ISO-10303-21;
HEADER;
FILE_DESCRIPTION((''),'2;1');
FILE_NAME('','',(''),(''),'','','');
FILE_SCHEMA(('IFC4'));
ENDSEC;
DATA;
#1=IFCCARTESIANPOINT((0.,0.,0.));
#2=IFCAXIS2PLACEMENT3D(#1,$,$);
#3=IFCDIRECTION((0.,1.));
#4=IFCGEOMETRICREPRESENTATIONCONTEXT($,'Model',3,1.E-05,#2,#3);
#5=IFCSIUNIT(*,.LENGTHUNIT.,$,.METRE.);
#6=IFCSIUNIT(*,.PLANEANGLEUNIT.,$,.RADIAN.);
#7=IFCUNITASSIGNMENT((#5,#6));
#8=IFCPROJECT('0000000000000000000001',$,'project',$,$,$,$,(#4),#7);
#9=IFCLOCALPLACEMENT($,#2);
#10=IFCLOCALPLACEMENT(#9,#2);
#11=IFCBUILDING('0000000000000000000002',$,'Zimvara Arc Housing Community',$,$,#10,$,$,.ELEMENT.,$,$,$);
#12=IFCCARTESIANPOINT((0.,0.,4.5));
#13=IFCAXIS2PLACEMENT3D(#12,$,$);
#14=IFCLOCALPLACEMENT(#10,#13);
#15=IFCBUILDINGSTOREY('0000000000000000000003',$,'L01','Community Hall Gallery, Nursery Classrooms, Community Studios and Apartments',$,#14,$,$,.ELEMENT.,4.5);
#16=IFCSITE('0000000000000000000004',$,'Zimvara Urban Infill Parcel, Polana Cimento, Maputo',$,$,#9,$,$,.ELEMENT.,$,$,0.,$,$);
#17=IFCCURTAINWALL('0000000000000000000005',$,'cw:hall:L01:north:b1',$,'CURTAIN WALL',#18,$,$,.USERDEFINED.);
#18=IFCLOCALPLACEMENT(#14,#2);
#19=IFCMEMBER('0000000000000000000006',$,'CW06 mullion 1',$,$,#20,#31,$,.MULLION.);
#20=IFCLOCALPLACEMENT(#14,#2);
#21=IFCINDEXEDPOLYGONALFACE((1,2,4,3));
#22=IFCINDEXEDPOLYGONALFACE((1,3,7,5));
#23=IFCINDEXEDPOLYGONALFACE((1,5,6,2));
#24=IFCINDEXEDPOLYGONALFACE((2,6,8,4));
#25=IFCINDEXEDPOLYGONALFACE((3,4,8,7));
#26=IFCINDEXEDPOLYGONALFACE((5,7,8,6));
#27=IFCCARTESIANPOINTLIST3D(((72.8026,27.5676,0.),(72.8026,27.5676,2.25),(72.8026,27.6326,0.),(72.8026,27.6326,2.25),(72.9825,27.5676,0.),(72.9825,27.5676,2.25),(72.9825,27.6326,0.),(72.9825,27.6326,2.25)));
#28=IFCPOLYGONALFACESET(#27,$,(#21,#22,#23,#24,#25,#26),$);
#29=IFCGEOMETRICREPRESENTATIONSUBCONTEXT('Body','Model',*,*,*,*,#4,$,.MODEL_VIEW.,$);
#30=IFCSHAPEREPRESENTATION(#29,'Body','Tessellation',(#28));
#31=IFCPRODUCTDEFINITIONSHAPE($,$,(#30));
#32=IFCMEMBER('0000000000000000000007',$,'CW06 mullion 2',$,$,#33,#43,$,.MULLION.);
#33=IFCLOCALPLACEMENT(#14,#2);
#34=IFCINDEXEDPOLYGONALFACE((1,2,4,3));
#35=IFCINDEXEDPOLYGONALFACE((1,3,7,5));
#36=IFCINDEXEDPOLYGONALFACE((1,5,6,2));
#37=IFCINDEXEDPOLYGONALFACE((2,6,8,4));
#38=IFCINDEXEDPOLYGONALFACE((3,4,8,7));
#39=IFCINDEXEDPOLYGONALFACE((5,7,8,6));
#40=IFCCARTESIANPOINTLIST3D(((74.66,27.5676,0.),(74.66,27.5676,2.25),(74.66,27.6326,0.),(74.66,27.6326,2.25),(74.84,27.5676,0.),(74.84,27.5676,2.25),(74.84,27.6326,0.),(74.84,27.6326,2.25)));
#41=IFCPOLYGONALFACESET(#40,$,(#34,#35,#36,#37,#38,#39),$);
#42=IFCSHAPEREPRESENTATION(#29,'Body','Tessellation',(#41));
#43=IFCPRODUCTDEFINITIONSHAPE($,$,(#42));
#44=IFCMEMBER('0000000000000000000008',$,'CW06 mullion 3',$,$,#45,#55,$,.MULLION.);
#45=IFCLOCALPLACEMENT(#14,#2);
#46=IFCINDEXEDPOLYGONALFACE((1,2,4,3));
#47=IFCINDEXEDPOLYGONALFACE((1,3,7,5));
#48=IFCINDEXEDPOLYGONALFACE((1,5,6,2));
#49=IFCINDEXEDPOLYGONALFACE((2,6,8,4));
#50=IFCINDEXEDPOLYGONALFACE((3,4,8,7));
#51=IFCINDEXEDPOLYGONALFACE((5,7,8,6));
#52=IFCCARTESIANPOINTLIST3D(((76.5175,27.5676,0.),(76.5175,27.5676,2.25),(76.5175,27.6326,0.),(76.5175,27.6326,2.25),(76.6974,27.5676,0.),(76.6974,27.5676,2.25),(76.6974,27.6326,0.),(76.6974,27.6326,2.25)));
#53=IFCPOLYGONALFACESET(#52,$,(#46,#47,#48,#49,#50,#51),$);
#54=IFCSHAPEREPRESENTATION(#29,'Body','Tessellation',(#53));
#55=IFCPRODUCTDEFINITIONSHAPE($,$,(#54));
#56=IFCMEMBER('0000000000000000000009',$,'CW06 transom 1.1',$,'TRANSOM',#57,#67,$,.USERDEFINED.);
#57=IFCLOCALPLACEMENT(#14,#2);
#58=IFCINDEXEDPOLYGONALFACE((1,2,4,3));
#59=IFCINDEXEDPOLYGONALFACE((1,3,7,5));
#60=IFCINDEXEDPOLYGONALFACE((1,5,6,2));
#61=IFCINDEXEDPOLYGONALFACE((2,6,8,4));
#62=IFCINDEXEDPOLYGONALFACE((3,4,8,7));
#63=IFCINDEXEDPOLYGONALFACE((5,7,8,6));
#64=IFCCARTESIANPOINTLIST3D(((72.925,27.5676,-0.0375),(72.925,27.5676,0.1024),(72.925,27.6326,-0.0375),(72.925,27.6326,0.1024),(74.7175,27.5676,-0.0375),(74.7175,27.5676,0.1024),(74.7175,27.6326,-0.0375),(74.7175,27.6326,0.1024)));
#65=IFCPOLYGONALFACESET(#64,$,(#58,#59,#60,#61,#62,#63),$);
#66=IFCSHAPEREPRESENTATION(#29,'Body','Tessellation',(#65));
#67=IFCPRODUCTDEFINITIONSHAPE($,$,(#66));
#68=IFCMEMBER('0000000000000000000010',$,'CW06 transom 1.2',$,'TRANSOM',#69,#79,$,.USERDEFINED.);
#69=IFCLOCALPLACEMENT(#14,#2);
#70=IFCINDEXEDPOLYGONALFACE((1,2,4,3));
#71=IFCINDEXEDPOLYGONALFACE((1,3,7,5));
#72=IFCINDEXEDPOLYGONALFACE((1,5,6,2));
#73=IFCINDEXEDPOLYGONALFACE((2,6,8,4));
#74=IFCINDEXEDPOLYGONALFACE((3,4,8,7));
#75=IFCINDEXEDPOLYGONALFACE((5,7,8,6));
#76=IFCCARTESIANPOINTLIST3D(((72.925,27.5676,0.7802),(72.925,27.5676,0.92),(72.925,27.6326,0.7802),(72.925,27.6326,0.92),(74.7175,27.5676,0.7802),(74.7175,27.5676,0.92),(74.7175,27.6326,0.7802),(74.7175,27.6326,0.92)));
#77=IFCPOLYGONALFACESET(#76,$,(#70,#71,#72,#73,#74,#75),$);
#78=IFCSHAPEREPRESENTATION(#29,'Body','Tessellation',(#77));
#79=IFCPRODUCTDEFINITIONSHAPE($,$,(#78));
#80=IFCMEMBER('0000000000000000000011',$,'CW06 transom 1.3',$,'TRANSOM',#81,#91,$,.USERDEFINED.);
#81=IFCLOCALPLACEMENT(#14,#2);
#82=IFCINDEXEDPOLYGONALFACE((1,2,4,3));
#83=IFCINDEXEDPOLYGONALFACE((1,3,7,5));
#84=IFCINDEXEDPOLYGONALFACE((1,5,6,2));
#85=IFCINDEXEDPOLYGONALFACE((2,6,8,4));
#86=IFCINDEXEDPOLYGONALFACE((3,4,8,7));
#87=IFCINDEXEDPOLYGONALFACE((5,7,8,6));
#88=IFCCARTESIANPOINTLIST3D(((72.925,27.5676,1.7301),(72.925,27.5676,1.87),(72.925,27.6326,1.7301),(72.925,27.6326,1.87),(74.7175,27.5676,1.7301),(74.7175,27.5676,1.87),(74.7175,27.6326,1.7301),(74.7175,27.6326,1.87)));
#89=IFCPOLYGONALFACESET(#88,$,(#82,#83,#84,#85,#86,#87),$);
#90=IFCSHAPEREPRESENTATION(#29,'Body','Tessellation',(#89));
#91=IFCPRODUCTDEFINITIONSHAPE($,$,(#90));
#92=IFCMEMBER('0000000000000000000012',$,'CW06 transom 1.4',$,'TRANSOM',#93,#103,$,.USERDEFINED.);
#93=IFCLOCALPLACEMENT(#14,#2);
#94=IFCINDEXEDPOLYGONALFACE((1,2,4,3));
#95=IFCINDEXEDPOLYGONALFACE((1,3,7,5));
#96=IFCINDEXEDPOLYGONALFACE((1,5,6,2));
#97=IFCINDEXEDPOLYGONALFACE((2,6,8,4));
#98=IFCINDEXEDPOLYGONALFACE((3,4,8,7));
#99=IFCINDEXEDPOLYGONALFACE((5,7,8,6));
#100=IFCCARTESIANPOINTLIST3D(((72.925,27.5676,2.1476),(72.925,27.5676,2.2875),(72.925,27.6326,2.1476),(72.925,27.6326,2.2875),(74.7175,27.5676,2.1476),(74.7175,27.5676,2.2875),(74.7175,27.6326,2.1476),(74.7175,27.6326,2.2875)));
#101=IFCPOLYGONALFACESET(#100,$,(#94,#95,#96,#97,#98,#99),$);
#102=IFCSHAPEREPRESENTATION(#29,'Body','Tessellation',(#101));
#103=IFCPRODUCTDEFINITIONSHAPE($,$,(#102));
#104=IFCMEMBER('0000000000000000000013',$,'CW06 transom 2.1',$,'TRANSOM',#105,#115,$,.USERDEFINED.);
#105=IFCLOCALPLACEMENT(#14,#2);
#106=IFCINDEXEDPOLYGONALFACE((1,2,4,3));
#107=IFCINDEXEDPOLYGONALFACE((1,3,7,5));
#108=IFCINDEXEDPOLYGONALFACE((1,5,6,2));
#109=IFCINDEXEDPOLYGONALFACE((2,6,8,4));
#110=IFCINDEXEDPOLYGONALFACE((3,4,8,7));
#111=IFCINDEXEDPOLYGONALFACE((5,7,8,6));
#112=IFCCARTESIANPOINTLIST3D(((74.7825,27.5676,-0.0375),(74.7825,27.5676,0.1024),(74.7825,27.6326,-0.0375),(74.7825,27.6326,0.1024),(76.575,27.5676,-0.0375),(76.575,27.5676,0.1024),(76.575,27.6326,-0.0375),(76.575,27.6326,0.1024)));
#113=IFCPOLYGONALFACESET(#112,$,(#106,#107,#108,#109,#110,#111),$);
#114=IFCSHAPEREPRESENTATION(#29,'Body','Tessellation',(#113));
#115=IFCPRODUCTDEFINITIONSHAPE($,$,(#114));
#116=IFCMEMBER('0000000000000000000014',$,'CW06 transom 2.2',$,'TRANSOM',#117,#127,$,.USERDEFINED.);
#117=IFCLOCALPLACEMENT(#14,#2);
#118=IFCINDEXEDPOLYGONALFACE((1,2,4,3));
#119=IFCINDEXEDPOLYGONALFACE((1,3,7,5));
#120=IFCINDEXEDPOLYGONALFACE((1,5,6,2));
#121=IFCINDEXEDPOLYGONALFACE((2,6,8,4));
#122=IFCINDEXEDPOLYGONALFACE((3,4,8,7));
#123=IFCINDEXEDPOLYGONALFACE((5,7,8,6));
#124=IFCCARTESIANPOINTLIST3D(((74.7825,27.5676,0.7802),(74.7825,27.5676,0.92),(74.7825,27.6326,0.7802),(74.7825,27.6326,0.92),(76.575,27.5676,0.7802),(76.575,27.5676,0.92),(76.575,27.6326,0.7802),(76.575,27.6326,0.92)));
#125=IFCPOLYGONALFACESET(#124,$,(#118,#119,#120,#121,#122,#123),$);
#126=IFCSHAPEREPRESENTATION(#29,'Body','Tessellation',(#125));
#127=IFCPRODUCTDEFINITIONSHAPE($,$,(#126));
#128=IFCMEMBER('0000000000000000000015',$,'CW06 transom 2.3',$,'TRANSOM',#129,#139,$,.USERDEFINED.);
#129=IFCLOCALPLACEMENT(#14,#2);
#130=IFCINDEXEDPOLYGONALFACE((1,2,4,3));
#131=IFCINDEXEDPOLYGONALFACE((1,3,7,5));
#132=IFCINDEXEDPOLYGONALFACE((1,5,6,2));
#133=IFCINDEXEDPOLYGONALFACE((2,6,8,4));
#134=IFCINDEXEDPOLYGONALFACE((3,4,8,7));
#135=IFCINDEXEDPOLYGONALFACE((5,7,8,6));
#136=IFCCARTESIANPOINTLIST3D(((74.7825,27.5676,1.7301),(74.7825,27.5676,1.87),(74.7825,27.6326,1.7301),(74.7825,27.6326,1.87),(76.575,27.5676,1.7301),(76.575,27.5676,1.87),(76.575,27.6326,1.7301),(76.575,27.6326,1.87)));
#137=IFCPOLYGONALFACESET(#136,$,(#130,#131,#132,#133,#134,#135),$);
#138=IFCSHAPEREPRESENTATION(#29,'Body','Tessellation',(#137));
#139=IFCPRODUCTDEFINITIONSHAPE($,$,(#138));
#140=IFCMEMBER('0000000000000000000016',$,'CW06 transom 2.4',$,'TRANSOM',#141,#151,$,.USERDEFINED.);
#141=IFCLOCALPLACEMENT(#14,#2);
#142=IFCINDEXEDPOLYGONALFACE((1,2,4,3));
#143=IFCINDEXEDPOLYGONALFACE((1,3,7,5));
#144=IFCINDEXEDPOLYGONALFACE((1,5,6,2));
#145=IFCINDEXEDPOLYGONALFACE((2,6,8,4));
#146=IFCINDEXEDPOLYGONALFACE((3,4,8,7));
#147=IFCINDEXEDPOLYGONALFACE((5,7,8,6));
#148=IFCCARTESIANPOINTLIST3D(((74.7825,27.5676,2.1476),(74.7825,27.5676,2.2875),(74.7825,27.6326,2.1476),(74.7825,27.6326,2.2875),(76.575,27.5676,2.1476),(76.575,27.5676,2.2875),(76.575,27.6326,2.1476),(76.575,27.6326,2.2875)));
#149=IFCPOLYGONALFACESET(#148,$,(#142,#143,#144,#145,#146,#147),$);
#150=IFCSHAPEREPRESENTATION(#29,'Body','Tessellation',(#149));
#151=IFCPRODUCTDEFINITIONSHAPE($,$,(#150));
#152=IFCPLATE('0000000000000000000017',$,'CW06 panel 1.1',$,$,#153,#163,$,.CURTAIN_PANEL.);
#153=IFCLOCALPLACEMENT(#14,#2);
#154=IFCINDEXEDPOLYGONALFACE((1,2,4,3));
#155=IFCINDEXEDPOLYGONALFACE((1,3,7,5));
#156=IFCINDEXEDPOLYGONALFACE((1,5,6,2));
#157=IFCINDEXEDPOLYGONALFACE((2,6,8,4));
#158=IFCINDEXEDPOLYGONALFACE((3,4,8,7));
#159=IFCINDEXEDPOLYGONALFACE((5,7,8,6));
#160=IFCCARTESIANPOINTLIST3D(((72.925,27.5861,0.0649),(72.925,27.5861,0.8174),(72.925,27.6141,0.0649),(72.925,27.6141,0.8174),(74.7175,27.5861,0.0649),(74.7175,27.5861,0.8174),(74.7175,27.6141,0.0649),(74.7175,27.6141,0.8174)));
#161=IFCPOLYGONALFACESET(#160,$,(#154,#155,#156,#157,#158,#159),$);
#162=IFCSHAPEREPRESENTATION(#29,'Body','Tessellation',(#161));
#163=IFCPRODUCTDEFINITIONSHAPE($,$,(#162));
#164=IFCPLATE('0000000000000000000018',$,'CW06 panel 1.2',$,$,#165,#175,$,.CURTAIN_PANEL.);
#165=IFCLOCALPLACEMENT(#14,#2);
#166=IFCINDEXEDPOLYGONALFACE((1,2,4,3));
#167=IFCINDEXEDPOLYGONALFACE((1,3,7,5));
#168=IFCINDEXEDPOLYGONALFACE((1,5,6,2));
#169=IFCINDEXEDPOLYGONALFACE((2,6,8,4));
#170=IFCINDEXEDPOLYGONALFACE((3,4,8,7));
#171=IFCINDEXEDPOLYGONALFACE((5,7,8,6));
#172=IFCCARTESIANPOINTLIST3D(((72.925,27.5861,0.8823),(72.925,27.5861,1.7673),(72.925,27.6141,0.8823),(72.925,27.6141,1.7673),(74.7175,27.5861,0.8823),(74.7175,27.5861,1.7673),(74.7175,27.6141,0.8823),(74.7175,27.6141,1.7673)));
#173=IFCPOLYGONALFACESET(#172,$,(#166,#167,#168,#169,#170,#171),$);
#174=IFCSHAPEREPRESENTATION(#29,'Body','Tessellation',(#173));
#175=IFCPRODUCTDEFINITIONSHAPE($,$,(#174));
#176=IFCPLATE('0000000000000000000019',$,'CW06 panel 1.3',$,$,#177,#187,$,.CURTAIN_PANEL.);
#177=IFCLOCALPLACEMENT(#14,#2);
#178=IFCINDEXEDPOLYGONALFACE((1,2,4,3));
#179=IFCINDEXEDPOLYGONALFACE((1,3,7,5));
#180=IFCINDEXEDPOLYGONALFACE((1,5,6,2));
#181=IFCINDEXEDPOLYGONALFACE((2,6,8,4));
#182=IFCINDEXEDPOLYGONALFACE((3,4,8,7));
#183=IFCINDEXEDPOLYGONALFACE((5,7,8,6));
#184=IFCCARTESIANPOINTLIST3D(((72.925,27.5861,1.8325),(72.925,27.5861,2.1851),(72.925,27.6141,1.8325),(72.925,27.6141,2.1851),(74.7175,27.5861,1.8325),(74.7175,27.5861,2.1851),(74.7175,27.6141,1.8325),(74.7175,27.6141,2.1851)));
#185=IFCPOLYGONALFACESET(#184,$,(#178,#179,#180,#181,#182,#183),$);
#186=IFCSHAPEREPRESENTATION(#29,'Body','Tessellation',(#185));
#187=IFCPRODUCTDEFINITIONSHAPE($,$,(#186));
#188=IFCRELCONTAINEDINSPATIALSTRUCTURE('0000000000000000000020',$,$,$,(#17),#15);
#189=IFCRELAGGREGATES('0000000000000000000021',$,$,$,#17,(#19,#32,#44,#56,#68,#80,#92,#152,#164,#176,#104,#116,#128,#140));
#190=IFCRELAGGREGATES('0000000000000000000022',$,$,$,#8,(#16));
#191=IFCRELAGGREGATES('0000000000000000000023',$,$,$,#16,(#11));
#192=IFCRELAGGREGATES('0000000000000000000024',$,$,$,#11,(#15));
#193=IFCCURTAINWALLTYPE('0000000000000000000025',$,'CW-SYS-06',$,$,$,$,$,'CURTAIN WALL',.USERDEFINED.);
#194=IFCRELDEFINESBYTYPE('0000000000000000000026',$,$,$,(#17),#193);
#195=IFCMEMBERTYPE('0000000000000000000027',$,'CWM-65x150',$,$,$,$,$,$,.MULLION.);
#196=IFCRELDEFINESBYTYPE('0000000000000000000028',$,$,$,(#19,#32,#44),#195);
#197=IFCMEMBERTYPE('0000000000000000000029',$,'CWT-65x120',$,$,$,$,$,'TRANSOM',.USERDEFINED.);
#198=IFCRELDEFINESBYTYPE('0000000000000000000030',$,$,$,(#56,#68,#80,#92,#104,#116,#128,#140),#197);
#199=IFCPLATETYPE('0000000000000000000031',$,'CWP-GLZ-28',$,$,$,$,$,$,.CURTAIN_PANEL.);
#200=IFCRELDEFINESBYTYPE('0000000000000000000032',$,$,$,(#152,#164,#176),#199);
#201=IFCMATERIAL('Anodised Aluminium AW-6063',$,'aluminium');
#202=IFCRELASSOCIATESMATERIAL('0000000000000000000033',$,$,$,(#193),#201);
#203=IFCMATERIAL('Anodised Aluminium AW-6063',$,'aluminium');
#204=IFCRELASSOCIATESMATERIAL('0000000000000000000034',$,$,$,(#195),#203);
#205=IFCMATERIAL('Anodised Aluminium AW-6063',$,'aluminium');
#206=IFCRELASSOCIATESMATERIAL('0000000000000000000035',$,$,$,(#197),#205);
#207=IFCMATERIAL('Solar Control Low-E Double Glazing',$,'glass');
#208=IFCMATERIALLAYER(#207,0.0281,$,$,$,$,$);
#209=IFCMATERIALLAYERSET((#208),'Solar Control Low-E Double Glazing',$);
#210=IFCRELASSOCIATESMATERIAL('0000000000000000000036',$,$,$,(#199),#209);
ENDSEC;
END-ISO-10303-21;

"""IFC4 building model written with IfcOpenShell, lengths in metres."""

from ifc_helpers import new_model, si_unit, direction, frame, origin, origin_2d, place, context, subcontext, project, spatial, rectangle, extrude, material, layer, layer_set, material_profile, profile_set, type_object, element, aggregate, save


model = new_model("IFC4")

# Units and contexts
model_context = context("Model", 3, precision=1e-05, world=origin(), true_north=direction((0.0, 1.0)))
body_context = subcontext(model_context, "Body", "Model", "MODEL_VIEW")
ifc_project = project(units=[si_unit("LENGTHUNIT", "METRE"), si_unit("PLANEANGLEUNIT", "RADIAN")], contexts=[model_context])

# Site, building, storey
site_placement = place(None, origin())
site = spatial("IfcSite", under=ifc_project, at=site_placement, Name="Zimvara Urban Infill Parcel, Polana Cimento, Maputo", CompositionType="ELEMENT", RefElevation=0.0)
building_placement = place(site_placement, origin())
building = spatial("IfcBuilding", under=site, at=building_placement, Name="Zimvara Arc Housing Community", CompositionType="ELEMENT")
storey_placement = place(building_placement, frame((0.0, 0.0, 4.5)))
storey = spatial("IfcBuildingStorey", under=building, at=storey_placement, Name="L01", Description="Community Hall Gallery, Nursery Classrooms, Community Studios and Apartments", CompositionType="ELEMENT", Elevation=4.5)

# Curtain wall, members, plates
ifc_material_1 = material(Name="Anodised Aluminium AW-6063", Category="aluminium")
curtain_wall_type = type_object("IfcCurtainWallType", Name="CW-SYS-06", ElementType="CURTAIN WALL", PredefinedType="USERDEFINED", material=ifc_material_1)
curtain_wall_placement = place(storey_placement, origin())
curtain_wall = element("IfcCurtainWall", 1, at=curtain_wall_placement, inside=storey, type_object=curtain_wall_type, Name="cw:hall:L01:north:b1", ObjectType="CURTAIN WALL", PredefinedType="USERDEFINED")
ifc_material_2 = material(Name="Anodised Aluminium AW-6063", Category="aluminium")
ifc_material_profile_1 = material_profile(ifc_material_2, rectangle(XDim=0.0649, YDim=0.1799, at=origin_2d()), Name="ALU 65x180")
ifc_profile_set_1 = profile_set([ifc_material_profile_1], Name="Anodised Aluminium AW-6063")
member_type_1 = type_object("IfcMemberType", Name="CWM-65x150", PredefinedType="MULLION", material=ifc_profile_set_1)
member_1_placement = place(storey_placement, frame((72.8926, 27.6001, 0.0), z_axis=(0.0, 0.0, 1.0), x_axis=(0.0, 1.0, 0.0)))
member_1 = element("IfcMember", 2, at=member_1_placement, type_object=member_type_1, Name="CW06 mullion 1", PredefinedType="MULLION", context=body_context, shape_type="SweptSolid", body=[
    extrude(rectangle(XDim=0.0649, YDim=0.1799, at=origin_2d()), origin(), (0.0, 0.0, 1.0), 2.25),
])
member_2_placement = place(storey_placement, frame((74.75, 27.6001, 0.0), z_axis=(0.0, 0.0, 1.0), x_axis=(0.0, 1.0, 0.0)))
member_2 = element("IfcMember", 3, at=member_2_placement, type_object=member_type_1, Name="CW06 mullion 2", PredefinedType="MULLION", context=body_context, shape_type="SweptSolid", body=[
    extrude(rectangle(XDim=0.0649, YDim=0.1799, at=origin_2d()), origin(), (0.0, 0.0, 1.0), 2.25),
])
member_3_placement = place(storey_placement, frame((76.6074, 27.6001, 0.0), z_axis=(0.0, 0.0, 1.0), x_axis=(0.0, 1.0, 0.0)))
member_3 = element("IfcMember", 4, at=member_3_placement, type_object=member_type_1, Name="CW06 mullion 3", PredefinedType="MULLION", context=body_context, shape_type="SweptSolid", body=[
    extrude(rectangle(XDim=0.0649, YDim=0.1799, at=origin_2d()), origin(), (0.0, 0.0, 1.0), 2.25),
])
ifc_material_3 = material(Name="Anodised Aluminium AW-6063", Category="aluminium")
ifc_material_profile_2 = material_profile(ifc_material_3, rectangle(XDim=0.0649, YDim=0.1399, at=origin_2d()), Name="ALU 65x140")
ifc_profile_set_2 = profile_set([ifc_material_profile_2], Name="Anodised Aluminium AW-6063")
member_type_2 = type_object("IfcMemberType", Name="CWT-65x120", ElementType="TRANSOM", PredefinedType="USERDEFINED", material=ifc_profile_set_2)
member_4_placement = place(storey_placement, frame((72.925, 27.6001, 0.0325), z_axis=(1.0, 0.0, 0.0), x_axis=(0.0, 1.0, 0.0)))
member_4 = element("IfcMember", 5, at=member_4_placement, type_object=member_type_2, Name="CW06 transom 1.1", ObjectType="TRANSOM", PredefinedType="USERDEFINED", context=body_context, shape_type="SweptSolid", body=[
    extrude(rectangle(XDim=0.0649, YDim=0.1399, at=origin_2d()), origin(), (0.0, 0.0, 1.0), 1.7925),
])
member_5_placement = place(storey_placement, frame((72.925, 27.6001, 0.8501), z_axis=(1.0, 0.0, 0.0), x_axis=(0.0, 1.0, 0.0)))
member_5 = element("IfcMember", 6, at=member_5_placement, type_object=member_type_2, Name="CW06 transom 1.2", ObjectType="TRANSOM", PredefinedType="USERDEFINED", context=body_context, shape_type="SweptSolid", body=[
    extrude(rectangle(XDim=0.0649, YDim=0.1399, at=origin_2d()), origin(), (0.0, 0.0, 1.0), 1.7925),
])
member_6_placement = place(storey_placement, frame((72.925, 27.6001, 1.8), z_axis=(1.0, 0.0, 0.0), x_axis=(0.0, 1.0, 0.0)))
member_6 = element("IfcMember", 7, at=member_6_placement, type_object=member_type_2, Name="CW06 transom 1.3", ObjectType="TRANSOM", PredefinedType="USERDEFINED", context=body_context, shape_type="SweptSolid", body=[
    extrude(rectangle(XDim=0.0649, YDim=0.1399, at=origin_2d()), origin(), (0.0, 0.0, 1.0), 1.7925),
])
member_7_placement = place(storey_placement, frame((72.925, 27.6001, 2.2175), z_axis=(1.0, 0.0, 0.0), x_axis=(0.0, 1.0, 0.0)))
member_7 = element("IfcMember", 8, at=member_7_placement, type_object=member_type_2, Name="CW06 transom 1.4", ObjectType="TRANSOM", PredefinedType="USERDEFINED", context=body_context, shape_type="SweptSolid", body=[
    extrude(rectangle(XDim=0.0649, YDim=0.1399, at=origin_2d()), origin(), (0.0, 0.0, 1.0), 1.7925),
])
member_8_placement = place(storey_placement, frame((74.7825, 27.6001, 0.0325), z_axis=(1.0, 0.0, 0.0), x_axis=(0.0, 1.0, 0.0)))
member_8 = element("IfcMember", 9, at=member_8_placement, type_object=member_type_2, Name="CW06 transom 2.1", ObjectType="TRANSOM", PredefinedType="USERDEFINED", context=body_context, shape_type="SweptSolid", body=[
    extrude(rectangle(XDim=0.0649, YDim=0.1399, at=origin_2d()), origin(), (0.0, 0.0, 1.0), 1.7925),
])
member_9_placement = place(storey_placement, frame((74.7825, 27.6001, 0.8501), z_axis=(1.0, 0.0, 0.0), x_axis=(0.0, 1.0, 0.0)))
member_9 = element("IfcMember", 10, at=member_9_placement, type_object=member_type_2, Name="CW06 transom 2.2", ObjectType="TRANSOM", PredefinedType="USERDEFINED", context=body_context, shape_type="SweptSolid", body=[
    extrude(rectangle(XDim=0.0649, YDim=0.1399, at=origin_2d()), origin(), (0.0, 0.0, 1.0), 1.7925),
])
member_10_placement = place(storey_placement, frame((74.7825, 27.6001, 1.8), z_axis=(1.0, 0.0, 0.0), x_axis=(0.0, 1.0, 0.0)))
member_10 = element("IfcMember", 11, at=member_10_placement, type_object=member_type_2, Name="CW06 transom 2.3", ObjectType="TRANSOM", PredefinedType="USERDEFINED", context=body_context, shape_type="SweptSolid", body=[
    extrude(rectangle(XDim=0.0649, YDim=0.1399, at=origin_2d()), origin(), (0.0, 0.0, 1.0), 1.7925),
])
member_11_placement = place(storey_placement, frame((74.7825, 27.6001, 2.2175), z_axis=(1.0, 0.0, 0.0), x_axis=(0.0, 1.0, 0.0)))
member_11 = element("IfcMember", 12, at=member_11_placement, type_object=member_type_2, Name="CW06 transom 2.4", ObjectType="TRANSOM", PredefinedType="USERDEFINED", context=body_context, shape_type="SweptSolid", body=[
    extrude(rectangle(XDim=0.0649, YDim=0.1399, at=origin_2d()), origin(), (0.0, 0.0, 1.0), 1.7925),
])
ifc_material_4 = material(Name="Solar Control Low-E Double Glazing", Category="glass")
ifc_layer_1 = layer(ifc_material_4, 0.0281)
ifc_layer_set_1 = layer_set([ifc_layer_1], Name="Solar Control Low-E Double Glazing")
plate_type = type_object("IfcPlateType", Name="CWP-GLZ-28", PredefinedType="CURTAIN_PANEL", material=ifc_layer_set_1)
plate_1_placement = place(storey_placement, frame((73.8213, 27.6001, 0.0649), z_axis=(0.0, 0.0, 1.0), x_axis=(1.0, 0.0, 0.0)))
plate_1 = element("IfcPlate", 13, at=plate_1_placement, type_object=plate_type, Name="CW06 panel 1.1", PredefinedType="CURTAIN_PANEL", context=body_context, shape_type="SweptSolid", body=[
    extrude(rectangle(XDim=1.7925, YDim=0.0281, at=origin_2d()), origin(), (0.0, 0.0, 1.0), 0.7524),
])
plate_2_placement = place(storey_placement, frame((73.8213, 27.6001, 0.8823), z_axis=(0.0, 0.0, 1.0), x_axis=(1.0, 0.0, 0.0)))
plate_2 = element("IfcPlate", 14, at=plate_2_placement, type_object=plate_type, Name="CW06 panel 1.2", PredefinedType="CURTAIN_PANEL", context=body_context, shape_type="SweptSolid", body=[
    extrude(rectangle(XDim=1.7925, YDim=0.0281, at=origin_2d()), origin(), (0.0, 0.0, 1.0), 0.885),
])
plate_3_placement = place(storey_placement, frame((73.8213, 27.6001, 1.8325), z_axis=(0.0, 0.0, 1.0), x_axis=(1.0, 0.0, 0.0)))
plate_3 = element("IfcPlate", 15, at=plate_3_placement, type_object=plate_type, Name="CW06 panel 1.3", PredefinedType="CURTAIN_PANEL", context=body_context, shape_type="SweptSolid", body=[
    extrude(rectangle(XDim=1.7925, YDim=0.0281, at=origin_2d()), origin(), (0.0, 0.0, 1.0), 0.3525),
])
aggregate(curtain_wall, [member_1, member_2, member_3, member_4, member_5, member_6, member_7, plate_1, plate_2, plate_3, member_8, member_9, member_10, member_11])

save(model, "model.ifc")
